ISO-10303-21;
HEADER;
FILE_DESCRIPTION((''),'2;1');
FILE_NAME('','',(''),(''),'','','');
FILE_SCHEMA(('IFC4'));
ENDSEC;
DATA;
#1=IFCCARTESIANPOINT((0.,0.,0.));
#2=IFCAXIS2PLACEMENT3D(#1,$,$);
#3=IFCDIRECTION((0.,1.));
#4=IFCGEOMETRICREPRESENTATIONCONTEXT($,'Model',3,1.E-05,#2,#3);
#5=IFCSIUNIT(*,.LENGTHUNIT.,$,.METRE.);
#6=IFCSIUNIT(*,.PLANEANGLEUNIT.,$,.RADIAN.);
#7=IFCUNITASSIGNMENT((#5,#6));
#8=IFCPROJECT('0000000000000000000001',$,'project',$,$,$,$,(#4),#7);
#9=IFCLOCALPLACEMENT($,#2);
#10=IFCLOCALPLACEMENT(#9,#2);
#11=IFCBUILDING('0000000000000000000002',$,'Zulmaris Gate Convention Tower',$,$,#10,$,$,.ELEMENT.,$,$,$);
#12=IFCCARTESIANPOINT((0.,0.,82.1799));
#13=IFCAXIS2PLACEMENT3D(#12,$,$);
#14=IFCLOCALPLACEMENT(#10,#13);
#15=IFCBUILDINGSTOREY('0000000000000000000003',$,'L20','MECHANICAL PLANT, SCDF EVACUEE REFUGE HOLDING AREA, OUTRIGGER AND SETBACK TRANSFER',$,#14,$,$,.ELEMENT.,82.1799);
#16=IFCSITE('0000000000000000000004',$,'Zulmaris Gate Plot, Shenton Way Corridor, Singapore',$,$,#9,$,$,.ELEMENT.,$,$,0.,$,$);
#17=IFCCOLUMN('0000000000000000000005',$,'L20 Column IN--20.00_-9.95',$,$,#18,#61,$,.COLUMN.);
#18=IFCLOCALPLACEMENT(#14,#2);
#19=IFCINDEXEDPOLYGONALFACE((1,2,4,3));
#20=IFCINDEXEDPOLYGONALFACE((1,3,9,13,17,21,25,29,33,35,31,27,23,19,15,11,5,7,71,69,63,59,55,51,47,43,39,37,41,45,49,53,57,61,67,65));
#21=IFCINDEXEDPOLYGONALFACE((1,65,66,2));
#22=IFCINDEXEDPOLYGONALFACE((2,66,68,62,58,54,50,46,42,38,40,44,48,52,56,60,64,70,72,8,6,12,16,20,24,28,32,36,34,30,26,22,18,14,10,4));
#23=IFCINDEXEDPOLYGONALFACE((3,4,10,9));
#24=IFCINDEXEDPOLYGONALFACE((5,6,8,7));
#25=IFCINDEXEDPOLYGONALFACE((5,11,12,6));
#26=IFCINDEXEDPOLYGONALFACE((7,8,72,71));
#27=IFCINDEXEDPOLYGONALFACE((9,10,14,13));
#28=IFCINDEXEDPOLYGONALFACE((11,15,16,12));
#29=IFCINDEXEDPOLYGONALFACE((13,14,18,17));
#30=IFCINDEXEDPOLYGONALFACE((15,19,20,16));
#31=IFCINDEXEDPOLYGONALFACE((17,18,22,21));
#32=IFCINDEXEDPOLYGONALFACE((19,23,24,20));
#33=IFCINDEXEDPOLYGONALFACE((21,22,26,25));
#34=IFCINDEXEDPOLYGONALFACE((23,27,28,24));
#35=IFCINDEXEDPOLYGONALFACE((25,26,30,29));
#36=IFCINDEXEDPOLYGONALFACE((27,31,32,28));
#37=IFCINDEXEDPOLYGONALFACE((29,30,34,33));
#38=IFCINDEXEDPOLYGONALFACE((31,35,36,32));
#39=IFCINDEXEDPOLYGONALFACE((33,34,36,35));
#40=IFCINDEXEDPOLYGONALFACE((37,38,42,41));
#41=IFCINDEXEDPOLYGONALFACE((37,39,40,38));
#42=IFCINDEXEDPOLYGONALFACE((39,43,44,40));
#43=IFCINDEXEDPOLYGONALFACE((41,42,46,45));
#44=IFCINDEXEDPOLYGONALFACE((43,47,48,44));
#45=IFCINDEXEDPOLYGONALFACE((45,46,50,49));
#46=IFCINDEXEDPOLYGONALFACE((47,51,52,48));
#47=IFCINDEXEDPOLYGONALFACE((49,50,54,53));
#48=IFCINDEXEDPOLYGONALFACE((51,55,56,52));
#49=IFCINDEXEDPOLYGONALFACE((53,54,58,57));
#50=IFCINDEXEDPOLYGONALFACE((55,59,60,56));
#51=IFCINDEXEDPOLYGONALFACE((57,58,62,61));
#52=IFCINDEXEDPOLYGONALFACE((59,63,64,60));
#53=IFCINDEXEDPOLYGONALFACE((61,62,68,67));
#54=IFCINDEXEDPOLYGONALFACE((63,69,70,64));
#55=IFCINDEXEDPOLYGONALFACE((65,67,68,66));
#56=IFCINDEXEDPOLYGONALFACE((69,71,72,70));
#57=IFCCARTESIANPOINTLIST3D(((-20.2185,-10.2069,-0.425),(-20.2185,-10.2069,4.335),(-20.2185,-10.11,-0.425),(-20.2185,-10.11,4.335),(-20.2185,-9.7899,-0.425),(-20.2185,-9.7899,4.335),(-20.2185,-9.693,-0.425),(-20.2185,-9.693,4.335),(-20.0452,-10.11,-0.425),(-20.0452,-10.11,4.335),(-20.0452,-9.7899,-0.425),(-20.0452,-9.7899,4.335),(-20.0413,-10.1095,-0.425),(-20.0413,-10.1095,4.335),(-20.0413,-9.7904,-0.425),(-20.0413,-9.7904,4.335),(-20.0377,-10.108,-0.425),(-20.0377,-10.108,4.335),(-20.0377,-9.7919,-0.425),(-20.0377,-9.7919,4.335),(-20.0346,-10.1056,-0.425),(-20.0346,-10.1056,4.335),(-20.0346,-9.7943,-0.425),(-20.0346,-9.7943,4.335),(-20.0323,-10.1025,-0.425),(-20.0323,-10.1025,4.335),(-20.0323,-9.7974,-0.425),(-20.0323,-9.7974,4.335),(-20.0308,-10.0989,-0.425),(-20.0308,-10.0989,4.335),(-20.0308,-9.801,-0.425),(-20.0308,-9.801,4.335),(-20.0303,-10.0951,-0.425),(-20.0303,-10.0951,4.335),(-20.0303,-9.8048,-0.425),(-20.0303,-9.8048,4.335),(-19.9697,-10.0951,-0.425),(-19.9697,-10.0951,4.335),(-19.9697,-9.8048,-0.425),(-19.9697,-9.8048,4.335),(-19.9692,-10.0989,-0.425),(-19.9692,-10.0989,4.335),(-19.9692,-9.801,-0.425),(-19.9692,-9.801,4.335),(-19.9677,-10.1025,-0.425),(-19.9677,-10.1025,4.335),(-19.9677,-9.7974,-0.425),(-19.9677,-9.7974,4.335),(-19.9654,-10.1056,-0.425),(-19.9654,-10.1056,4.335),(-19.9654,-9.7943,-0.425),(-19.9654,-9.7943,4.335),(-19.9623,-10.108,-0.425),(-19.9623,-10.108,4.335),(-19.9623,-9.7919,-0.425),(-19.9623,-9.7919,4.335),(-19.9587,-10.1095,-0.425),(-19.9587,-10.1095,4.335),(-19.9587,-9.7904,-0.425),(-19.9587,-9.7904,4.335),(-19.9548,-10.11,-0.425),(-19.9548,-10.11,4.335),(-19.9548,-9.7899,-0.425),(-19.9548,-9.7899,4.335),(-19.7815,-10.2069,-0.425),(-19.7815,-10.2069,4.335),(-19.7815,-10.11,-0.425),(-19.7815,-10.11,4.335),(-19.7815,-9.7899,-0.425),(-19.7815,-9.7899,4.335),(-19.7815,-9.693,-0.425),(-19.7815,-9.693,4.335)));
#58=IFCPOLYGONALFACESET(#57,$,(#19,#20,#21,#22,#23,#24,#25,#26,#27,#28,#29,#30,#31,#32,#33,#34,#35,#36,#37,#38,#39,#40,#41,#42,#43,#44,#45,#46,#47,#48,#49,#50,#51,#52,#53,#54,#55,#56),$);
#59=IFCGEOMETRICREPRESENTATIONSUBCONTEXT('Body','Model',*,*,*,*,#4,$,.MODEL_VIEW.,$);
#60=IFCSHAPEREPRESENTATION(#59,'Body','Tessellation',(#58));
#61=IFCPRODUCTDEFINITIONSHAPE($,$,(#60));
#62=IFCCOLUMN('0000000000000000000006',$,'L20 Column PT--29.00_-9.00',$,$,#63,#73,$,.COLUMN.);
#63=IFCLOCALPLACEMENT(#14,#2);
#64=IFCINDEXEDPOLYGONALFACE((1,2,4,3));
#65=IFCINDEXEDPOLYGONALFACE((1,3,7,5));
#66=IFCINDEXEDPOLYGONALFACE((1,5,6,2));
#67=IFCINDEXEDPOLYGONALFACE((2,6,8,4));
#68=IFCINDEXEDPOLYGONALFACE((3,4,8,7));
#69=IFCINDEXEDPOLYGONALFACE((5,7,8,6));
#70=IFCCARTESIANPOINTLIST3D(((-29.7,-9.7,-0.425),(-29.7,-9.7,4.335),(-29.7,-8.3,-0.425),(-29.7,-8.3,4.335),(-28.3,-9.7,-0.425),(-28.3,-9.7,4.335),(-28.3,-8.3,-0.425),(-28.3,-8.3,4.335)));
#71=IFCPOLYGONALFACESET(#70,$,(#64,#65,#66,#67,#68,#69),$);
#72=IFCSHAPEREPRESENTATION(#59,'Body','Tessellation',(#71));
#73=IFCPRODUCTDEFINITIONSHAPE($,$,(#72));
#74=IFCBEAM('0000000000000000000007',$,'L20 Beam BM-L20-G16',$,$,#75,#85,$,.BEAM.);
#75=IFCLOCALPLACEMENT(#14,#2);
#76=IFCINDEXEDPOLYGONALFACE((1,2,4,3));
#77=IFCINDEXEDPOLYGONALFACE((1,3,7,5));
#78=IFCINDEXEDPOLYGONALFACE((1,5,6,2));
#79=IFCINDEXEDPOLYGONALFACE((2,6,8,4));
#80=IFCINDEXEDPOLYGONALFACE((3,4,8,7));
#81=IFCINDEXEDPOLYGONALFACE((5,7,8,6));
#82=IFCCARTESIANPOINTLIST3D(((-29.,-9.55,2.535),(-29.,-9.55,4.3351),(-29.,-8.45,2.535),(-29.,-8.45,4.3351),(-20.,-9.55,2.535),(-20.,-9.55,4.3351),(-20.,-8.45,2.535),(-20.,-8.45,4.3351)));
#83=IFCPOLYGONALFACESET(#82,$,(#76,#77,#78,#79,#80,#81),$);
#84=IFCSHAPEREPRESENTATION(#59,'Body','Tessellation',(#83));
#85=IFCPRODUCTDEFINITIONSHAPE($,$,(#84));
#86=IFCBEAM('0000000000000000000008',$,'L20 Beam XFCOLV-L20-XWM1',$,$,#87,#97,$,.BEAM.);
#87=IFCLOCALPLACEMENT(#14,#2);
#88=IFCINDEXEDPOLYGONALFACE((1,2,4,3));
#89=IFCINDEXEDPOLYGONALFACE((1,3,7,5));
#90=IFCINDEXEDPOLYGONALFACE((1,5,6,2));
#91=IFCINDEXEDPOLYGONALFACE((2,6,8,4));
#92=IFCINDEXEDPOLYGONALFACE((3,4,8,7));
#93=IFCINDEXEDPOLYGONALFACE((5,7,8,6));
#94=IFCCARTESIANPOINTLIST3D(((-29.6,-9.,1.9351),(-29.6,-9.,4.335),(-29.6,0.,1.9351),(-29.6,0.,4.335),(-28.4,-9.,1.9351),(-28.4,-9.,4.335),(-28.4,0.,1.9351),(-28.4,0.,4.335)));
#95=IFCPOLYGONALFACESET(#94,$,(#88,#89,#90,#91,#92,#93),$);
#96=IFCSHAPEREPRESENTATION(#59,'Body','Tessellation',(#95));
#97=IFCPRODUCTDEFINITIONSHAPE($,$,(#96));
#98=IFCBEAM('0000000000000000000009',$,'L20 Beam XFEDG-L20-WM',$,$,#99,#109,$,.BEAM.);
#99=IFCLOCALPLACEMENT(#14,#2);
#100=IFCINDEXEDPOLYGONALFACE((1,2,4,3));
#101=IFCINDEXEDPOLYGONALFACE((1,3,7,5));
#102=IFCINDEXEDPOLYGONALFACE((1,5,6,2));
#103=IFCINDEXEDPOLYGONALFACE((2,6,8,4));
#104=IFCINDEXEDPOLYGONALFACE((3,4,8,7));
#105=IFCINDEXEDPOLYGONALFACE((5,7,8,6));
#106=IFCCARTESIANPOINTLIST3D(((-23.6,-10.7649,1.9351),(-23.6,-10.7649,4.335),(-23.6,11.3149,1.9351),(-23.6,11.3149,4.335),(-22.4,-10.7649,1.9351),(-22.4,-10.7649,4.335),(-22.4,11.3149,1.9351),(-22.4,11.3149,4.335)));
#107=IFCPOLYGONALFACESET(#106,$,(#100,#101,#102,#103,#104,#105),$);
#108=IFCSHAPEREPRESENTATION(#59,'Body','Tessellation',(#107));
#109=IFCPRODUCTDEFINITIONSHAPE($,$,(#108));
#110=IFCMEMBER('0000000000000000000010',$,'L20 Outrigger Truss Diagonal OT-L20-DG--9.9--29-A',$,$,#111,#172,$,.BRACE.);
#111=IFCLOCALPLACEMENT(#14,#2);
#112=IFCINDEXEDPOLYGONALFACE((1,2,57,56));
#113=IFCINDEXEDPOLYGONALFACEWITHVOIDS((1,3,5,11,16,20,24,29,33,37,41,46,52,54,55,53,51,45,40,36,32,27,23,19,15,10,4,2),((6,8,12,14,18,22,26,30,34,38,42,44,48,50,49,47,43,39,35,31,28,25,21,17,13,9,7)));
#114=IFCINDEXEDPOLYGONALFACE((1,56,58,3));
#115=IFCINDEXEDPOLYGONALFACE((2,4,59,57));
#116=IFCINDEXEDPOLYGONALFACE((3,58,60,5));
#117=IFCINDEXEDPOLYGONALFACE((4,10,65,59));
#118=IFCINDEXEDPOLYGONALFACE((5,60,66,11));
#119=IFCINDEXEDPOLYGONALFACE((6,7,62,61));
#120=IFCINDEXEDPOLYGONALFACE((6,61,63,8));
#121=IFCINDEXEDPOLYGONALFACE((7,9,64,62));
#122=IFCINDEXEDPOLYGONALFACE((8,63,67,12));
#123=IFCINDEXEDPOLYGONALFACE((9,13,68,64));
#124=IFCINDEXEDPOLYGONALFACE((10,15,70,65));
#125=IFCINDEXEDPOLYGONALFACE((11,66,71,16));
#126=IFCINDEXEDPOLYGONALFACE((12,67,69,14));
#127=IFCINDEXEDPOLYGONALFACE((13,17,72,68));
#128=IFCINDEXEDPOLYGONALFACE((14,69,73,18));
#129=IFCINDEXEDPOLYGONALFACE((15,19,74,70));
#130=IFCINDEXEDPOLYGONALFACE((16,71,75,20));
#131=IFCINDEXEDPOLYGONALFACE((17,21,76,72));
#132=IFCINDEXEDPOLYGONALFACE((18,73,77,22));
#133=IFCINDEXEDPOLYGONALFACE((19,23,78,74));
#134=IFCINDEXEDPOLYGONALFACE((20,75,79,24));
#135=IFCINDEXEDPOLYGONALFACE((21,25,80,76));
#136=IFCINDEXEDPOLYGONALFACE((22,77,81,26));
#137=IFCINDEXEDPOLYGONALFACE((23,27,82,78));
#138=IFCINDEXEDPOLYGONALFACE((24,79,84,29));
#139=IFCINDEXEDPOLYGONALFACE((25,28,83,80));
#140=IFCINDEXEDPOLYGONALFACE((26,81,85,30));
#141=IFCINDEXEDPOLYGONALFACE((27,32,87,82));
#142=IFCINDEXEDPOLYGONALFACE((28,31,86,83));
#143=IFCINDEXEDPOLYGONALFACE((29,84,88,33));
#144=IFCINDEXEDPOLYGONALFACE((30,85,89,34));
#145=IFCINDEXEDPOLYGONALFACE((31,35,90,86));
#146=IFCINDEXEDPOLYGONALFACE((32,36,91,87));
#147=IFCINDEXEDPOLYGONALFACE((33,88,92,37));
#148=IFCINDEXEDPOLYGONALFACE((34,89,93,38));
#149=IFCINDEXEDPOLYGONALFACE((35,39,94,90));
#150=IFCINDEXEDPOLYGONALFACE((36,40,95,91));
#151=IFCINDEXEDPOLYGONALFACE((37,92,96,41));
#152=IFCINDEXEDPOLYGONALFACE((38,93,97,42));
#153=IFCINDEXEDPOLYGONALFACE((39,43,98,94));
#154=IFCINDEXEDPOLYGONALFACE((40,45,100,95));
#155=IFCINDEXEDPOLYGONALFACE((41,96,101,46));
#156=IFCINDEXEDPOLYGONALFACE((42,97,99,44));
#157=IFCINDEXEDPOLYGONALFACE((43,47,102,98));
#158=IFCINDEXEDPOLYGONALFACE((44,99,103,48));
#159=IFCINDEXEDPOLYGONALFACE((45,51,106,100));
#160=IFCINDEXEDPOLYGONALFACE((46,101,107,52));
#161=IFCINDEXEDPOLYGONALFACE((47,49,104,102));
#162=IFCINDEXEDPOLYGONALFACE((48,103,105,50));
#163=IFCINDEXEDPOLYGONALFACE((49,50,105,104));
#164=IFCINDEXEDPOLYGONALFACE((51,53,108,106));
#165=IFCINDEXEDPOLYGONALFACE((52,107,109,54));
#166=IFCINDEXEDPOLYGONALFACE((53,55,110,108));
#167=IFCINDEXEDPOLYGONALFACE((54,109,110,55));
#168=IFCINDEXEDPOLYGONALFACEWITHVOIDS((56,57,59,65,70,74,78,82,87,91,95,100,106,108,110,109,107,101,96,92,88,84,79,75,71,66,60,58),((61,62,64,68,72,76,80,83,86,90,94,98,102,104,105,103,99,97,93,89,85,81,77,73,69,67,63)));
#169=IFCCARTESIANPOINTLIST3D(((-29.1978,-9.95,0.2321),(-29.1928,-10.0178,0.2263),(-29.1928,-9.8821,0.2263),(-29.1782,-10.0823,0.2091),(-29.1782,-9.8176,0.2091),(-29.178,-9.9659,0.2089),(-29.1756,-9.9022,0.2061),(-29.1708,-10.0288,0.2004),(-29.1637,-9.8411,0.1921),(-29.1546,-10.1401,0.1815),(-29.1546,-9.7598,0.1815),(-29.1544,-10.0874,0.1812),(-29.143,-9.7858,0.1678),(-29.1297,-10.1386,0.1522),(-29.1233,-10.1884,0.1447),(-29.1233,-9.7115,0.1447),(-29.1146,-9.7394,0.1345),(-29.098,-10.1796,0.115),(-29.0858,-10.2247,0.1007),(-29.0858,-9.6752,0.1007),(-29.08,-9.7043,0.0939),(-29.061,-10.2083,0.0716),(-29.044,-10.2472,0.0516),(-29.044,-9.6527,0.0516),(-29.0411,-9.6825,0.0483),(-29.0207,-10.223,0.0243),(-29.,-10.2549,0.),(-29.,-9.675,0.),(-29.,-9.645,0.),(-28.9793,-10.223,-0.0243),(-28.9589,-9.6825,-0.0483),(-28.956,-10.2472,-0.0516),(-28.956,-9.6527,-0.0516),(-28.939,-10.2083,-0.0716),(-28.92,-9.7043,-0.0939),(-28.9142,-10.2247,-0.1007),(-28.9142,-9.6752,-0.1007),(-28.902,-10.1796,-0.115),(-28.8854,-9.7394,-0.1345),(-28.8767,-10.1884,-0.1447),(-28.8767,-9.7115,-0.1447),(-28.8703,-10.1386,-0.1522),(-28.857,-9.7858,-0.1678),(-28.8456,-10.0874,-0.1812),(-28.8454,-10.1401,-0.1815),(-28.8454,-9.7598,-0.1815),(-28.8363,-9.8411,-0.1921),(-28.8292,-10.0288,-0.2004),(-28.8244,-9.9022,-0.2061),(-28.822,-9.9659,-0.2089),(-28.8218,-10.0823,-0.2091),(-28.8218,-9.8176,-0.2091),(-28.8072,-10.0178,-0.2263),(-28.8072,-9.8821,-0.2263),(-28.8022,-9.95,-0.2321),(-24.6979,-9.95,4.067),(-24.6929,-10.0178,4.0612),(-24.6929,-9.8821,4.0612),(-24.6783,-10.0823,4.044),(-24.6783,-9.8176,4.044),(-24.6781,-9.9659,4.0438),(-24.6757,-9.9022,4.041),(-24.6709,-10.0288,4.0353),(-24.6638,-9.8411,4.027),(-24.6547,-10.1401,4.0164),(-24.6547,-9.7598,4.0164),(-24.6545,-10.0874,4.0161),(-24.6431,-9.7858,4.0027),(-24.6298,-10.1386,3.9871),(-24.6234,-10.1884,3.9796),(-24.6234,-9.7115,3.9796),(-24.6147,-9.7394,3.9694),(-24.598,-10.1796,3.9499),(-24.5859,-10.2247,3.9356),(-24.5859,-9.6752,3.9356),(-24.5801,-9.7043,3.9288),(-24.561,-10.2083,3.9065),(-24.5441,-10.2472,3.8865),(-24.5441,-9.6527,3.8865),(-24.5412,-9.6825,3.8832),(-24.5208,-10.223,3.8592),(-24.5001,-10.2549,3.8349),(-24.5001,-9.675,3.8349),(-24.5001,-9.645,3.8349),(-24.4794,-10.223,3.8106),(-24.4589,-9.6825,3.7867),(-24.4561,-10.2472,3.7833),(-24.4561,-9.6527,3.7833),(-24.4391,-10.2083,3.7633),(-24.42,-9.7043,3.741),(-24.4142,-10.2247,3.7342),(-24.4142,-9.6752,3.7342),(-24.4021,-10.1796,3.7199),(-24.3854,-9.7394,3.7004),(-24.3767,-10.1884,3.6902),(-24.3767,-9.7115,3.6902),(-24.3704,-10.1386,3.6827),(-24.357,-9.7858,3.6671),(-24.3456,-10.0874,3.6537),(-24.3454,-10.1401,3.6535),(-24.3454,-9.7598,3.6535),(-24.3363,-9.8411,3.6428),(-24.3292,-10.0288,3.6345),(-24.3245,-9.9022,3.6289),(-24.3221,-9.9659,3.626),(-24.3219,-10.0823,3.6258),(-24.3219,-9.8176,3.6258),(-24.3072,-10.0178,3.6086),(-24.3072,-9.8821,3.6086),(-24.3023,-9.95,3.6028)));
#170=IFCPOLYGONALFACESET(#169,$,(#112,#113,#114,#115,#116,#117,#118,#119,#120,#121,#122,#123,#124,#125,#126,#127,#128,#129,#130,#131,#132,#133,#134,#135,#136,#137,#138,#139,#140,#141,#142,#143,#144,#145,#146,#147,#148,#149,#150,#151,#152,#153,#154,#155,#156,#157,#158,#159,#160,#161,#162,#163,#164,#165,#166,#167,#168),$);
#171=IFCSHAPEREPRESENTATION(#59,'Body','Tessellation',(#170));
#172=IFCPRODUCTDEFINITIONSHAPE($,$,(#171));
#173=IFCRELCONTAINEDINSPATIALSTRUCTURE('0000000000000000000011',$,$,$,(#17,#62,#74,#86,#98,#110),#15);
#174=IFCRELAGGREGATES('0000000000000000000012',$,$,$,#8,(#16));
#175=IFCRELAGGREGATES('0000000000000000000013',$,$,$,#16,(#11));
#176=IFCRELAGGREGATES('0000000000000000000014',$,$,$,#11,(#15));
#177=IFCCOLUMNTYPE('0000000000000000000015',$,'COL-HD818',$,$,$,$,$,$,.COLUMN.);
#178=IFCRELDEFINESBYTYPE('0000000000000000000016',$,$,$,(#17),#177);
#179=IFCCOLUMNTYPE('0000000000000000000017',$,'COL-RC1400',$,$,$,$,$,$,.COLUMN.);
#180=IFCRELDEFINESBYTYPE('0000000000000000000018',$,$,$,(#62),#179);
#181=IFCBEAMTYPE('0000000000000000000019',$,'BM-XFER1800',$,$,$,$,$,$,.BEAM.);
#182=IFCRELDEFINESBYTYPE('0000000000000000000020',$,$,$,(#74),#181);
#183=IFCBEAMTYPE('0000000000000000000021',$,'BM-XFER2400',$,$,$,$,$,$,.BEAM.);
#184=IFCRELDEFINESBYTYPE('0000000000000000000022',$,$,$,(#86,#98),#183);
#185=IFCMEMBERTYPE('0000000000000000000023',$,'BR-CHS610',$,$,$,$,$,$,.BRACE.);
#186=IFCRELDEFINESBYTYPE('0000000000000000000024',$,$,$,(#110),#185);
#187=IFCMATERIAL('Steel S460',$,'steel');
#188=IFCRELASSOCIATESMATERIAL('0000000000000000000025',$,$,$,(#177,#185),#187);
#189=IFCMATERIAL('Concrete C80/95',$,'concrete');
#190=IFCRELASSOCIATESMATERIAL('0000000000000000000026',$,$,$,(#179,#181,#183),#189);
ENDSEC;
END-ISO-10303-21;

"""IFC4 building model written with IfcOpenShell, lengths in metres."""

from ifc_helpers import new_model, si_unit, direction, frame, origin, origin_2d, place, context, subcontext, project, spatial, rectangle, hollow_circle, i_section, extrude, material, material_profile, profile_set, type_object, element, save


model = new_model("IFC4")

# Units and contexts
model_context = context("Model", 3, precision=1e-05, world=origin(), true_north=direction((0.0, 1.0)))
body_context = subcontext(model_context, "Body", "Model", "MODEL_VIEW")
ifc_project = project(units=[si_unit("LENGTHUNIT", "METRE"), si_unit("PLANEANGLEUNIT", "RADIAN")], contexts=[model_context])

# Site, building, storey
site_placement = place(None, origin())
site = spatial("IfcSite", under=ifc_project, at=site_placement, Name="Zulmaris Gate Plot, Shenton Way Corridor, Singapore", CompositionType="ELEMENT", RefElevation=0.0)
building_placement = place(site_placement, origin())
building = spatial("IfcBuilding", under=site, at=building_placement, Name="Zulmaris Gate Convention Tower", CompositionType="ELEMENT")
storey_placement = place(building_placement, frame((0.0, 0.0, 82.1799)))
storey = spatial("IfcBuildingStorey", under=building, at=storey_placement, Name="L20", Description="MECHANICAL PLANT, SCDF EVACUEE REFUGE HOLDING AREA, OUTRIGGER AND SETBACK TRANSFER", CompositionType="ELEMENT", Elevation=82.1799)

# Columns
ifc_material_1 = material(Name="Steel S460", Category="steel")
ifc_material_profile_1 = material_profile(ifc_material_1, i_section(OverallWidth=0.437, OverallDepth=0.5139, WebThickness=0.0605, FlangeThickness=0.0969, FilletRadius=0.0149, at=origin_2d()), Name="HD 400x818")
ifc_profile_set_1 = profile_set([ifc_material_profile_1], Name="Steel S460")
column_type_1 = type_object("IfcColumnType", Name="COL-HD818", PredefinedType="COLUMN", material=ifc_profile_set_1)
column_1_placement = place(storey_placement, frame((-20.0, -9.95, -0.425), z_axis=(0.0, 0.0, 1.0), x_axis=(1.0, 0.0, 0.0)))
element("IfcColumn", 1, at=column_1_placement, inside=storey, type_object=column_type_1, Name="L20 Column IN--20.00_-9.95", PredefinedType="COLUMN", context=body_context, shape_type="SweptSolid", body=[
    extrude(i_section(OverallWidth=0.437, OverallDepth=0.5139, WebThickness=0.0605, FlangeThickness=0.0969, FilletRadius=0.0149, at=origin_2d()), origin(), (0.0, 0.0, 1.0), 4.76),
])
ifc_material_2 = material(Name="Concrete C80/95", Category="concrete")
ifc_material_profile_2 = material_profile(ifc_material_2, rectangle(XDim=1.3999, YDim=1.3999, at=origin_2d()), Name="RC COL 1400x1400")
ifc_profile_set_2 = profile_set([ifc_material_profile_2], Name="Concrete C80/95")
column_type_2 = type_object("IfcColumnType", Name="COL-RC1400", PredefinedType="COLUMN", material=ifc_profile_set_2)
column_2_placement = place(storey_placement, frame((-29.0, -9.0, -0.425), z_axis=(0.0, 0.0, 1.0), x_axis=(1.0, 0.0, 0.0)))
element("IfcColumn", 2, at=column_2_placement, inside=storey, type_object=column_type_2, Name="L20 Column PT--29.00_-9.00", PredefinedType="COLUMN", context=body_context, shape_type="SweptSolid", body=[
    extrude(rectangle(XDim=1.3999, YDim=1.3999, at=origin_2d()), origin(), (0.0, 0.0, 1.0), 4.76),
])

# Beams
ifc_material_profile_3 = material_profile(ifc_material_2, rectangle(XDim=1.1001, YDim=1.8, at=origin_2d()), Name="RC TRANSFER 1100x1800")
ifc_profile_set_3 = profile_set([ifc_material_profile_3], Name="Concrete C80/95")
beam_type_1 = type_object("IfcBeamType", Name="BM-XFER1800", PredefinedType="BEAM", material=ifc_profile_set_3)
beam_1_placement = place(storey_placement, frame((-29.0, -9.0, 3.4351), z_axis=(1.0, 0.0, 0.0), x_axis=(0.0, 1.0, 0.0)))
element("IfcBeam", 3, at=beam_1_placement, inside=storey, type_object=beam_type_1, Name="L20 Beam BM-L20-G16", PredefinedType="BEAM", context=body_context, shape_type="SweptSolid", body=[
    extrude(rectangle(XDim=1.1001, YDim=1.8, at=origin_2d()), origin(), (0.0, 0.0, 1.0), 9.0),
])
ifc_material_profile_4 = material_profile(ifc_material_2, rectangle(XDim=1.2, YDim=2.3999, at=origin_2d()), Name="RC TRANSFER 1200x2400")
ifc_profile_set_4 = profile_set([ifc_material_profile_4], Name="Concrete C80/95")
beam_type_2 = type_object("IfcBeamType", Name="BM-XFER2400", PredefinedType="BEAM", material=ifc_profile_set_4)
beam_2_placement = place(storey_placement, frame((-29.0, -9.0, 3.135), z_axis=(0.0, 1.0, 0.0), x_axis=(-1.0, 0.0, 0.0)))
element("IfcBeam", 4, at=beam_2_placement, inside=storey, type_object=beam_type_2, Name="L20 Beam XFCOLV-L20-XWM1", PredefinedType="BEAM", context=body_context, shape_type="SweptSolid", body=[
    extrude(rectangle(XDim=1.2, YDim=2.3999, at=origin_2d()), origin(), (0.0, 0.0, 1.0), 9.0),
])
beam_3_placement = place(storey_placement, frame((-23.0, -10.7649, 3.135), z_axis=(0.0, 1.0, 0.0), x_axis=(-1.0, 0.0, 0.0)))
element("IfcBeam", 5, at=beam_3_placement, inside=storey, type_object=beam_type_2, Name="L20 Beam XFEDG-L20-WM", PredefinedType="BEAM", context=body_context, shape_type="SweptSolid", body=[
    extrude(rectangle(XDim=1.2, YDim=2.3999, at=origin_2d()), origin(), (0.0, 0.0, 1.0), 22.0798),
])

# Member
ifc_material_profile_5 = material_profile(ifc_material_1, hollow_circle(Radius=0.3049, WallThickness=0.03, at=origin_2d()), Name="CHS 610x30")
ifc_profile_set_5 = profile_set([ifc_material_profile_5], Name="Steel S460")
member_type_1 = type_object("IfcMemberType", Name="BR-CHS610", PredefinedType="BRACE", material=ifc_profile_set_5)
for number, where, z_axis, x_axis, name in (
    (6, (-29.0, -9.95, 0.0), (0.761107, 0.0, 0.648626), (0.0, 1.0, 0.0), "L20 Outrigger Truss Diagonal OT-L20-DG--9.9--29-A"),
):
    element("IfcMember", number, at=place(storey_placement, frame(where, z_axis=z_axis, x_axis=x_axis)), inside=storey, type_object=member_type_1, Name=name, PredefinedType="BRACE", context=body_context, shape_type="SweptSolid", body=[
        extrude(hollow_circle(Radius=0.3049, WallThickness=0.03, at=origin_2d()), origin(), (0.0, 0.0, 1.0), 5.9124),
    ])

save(model, "model.ifc")
